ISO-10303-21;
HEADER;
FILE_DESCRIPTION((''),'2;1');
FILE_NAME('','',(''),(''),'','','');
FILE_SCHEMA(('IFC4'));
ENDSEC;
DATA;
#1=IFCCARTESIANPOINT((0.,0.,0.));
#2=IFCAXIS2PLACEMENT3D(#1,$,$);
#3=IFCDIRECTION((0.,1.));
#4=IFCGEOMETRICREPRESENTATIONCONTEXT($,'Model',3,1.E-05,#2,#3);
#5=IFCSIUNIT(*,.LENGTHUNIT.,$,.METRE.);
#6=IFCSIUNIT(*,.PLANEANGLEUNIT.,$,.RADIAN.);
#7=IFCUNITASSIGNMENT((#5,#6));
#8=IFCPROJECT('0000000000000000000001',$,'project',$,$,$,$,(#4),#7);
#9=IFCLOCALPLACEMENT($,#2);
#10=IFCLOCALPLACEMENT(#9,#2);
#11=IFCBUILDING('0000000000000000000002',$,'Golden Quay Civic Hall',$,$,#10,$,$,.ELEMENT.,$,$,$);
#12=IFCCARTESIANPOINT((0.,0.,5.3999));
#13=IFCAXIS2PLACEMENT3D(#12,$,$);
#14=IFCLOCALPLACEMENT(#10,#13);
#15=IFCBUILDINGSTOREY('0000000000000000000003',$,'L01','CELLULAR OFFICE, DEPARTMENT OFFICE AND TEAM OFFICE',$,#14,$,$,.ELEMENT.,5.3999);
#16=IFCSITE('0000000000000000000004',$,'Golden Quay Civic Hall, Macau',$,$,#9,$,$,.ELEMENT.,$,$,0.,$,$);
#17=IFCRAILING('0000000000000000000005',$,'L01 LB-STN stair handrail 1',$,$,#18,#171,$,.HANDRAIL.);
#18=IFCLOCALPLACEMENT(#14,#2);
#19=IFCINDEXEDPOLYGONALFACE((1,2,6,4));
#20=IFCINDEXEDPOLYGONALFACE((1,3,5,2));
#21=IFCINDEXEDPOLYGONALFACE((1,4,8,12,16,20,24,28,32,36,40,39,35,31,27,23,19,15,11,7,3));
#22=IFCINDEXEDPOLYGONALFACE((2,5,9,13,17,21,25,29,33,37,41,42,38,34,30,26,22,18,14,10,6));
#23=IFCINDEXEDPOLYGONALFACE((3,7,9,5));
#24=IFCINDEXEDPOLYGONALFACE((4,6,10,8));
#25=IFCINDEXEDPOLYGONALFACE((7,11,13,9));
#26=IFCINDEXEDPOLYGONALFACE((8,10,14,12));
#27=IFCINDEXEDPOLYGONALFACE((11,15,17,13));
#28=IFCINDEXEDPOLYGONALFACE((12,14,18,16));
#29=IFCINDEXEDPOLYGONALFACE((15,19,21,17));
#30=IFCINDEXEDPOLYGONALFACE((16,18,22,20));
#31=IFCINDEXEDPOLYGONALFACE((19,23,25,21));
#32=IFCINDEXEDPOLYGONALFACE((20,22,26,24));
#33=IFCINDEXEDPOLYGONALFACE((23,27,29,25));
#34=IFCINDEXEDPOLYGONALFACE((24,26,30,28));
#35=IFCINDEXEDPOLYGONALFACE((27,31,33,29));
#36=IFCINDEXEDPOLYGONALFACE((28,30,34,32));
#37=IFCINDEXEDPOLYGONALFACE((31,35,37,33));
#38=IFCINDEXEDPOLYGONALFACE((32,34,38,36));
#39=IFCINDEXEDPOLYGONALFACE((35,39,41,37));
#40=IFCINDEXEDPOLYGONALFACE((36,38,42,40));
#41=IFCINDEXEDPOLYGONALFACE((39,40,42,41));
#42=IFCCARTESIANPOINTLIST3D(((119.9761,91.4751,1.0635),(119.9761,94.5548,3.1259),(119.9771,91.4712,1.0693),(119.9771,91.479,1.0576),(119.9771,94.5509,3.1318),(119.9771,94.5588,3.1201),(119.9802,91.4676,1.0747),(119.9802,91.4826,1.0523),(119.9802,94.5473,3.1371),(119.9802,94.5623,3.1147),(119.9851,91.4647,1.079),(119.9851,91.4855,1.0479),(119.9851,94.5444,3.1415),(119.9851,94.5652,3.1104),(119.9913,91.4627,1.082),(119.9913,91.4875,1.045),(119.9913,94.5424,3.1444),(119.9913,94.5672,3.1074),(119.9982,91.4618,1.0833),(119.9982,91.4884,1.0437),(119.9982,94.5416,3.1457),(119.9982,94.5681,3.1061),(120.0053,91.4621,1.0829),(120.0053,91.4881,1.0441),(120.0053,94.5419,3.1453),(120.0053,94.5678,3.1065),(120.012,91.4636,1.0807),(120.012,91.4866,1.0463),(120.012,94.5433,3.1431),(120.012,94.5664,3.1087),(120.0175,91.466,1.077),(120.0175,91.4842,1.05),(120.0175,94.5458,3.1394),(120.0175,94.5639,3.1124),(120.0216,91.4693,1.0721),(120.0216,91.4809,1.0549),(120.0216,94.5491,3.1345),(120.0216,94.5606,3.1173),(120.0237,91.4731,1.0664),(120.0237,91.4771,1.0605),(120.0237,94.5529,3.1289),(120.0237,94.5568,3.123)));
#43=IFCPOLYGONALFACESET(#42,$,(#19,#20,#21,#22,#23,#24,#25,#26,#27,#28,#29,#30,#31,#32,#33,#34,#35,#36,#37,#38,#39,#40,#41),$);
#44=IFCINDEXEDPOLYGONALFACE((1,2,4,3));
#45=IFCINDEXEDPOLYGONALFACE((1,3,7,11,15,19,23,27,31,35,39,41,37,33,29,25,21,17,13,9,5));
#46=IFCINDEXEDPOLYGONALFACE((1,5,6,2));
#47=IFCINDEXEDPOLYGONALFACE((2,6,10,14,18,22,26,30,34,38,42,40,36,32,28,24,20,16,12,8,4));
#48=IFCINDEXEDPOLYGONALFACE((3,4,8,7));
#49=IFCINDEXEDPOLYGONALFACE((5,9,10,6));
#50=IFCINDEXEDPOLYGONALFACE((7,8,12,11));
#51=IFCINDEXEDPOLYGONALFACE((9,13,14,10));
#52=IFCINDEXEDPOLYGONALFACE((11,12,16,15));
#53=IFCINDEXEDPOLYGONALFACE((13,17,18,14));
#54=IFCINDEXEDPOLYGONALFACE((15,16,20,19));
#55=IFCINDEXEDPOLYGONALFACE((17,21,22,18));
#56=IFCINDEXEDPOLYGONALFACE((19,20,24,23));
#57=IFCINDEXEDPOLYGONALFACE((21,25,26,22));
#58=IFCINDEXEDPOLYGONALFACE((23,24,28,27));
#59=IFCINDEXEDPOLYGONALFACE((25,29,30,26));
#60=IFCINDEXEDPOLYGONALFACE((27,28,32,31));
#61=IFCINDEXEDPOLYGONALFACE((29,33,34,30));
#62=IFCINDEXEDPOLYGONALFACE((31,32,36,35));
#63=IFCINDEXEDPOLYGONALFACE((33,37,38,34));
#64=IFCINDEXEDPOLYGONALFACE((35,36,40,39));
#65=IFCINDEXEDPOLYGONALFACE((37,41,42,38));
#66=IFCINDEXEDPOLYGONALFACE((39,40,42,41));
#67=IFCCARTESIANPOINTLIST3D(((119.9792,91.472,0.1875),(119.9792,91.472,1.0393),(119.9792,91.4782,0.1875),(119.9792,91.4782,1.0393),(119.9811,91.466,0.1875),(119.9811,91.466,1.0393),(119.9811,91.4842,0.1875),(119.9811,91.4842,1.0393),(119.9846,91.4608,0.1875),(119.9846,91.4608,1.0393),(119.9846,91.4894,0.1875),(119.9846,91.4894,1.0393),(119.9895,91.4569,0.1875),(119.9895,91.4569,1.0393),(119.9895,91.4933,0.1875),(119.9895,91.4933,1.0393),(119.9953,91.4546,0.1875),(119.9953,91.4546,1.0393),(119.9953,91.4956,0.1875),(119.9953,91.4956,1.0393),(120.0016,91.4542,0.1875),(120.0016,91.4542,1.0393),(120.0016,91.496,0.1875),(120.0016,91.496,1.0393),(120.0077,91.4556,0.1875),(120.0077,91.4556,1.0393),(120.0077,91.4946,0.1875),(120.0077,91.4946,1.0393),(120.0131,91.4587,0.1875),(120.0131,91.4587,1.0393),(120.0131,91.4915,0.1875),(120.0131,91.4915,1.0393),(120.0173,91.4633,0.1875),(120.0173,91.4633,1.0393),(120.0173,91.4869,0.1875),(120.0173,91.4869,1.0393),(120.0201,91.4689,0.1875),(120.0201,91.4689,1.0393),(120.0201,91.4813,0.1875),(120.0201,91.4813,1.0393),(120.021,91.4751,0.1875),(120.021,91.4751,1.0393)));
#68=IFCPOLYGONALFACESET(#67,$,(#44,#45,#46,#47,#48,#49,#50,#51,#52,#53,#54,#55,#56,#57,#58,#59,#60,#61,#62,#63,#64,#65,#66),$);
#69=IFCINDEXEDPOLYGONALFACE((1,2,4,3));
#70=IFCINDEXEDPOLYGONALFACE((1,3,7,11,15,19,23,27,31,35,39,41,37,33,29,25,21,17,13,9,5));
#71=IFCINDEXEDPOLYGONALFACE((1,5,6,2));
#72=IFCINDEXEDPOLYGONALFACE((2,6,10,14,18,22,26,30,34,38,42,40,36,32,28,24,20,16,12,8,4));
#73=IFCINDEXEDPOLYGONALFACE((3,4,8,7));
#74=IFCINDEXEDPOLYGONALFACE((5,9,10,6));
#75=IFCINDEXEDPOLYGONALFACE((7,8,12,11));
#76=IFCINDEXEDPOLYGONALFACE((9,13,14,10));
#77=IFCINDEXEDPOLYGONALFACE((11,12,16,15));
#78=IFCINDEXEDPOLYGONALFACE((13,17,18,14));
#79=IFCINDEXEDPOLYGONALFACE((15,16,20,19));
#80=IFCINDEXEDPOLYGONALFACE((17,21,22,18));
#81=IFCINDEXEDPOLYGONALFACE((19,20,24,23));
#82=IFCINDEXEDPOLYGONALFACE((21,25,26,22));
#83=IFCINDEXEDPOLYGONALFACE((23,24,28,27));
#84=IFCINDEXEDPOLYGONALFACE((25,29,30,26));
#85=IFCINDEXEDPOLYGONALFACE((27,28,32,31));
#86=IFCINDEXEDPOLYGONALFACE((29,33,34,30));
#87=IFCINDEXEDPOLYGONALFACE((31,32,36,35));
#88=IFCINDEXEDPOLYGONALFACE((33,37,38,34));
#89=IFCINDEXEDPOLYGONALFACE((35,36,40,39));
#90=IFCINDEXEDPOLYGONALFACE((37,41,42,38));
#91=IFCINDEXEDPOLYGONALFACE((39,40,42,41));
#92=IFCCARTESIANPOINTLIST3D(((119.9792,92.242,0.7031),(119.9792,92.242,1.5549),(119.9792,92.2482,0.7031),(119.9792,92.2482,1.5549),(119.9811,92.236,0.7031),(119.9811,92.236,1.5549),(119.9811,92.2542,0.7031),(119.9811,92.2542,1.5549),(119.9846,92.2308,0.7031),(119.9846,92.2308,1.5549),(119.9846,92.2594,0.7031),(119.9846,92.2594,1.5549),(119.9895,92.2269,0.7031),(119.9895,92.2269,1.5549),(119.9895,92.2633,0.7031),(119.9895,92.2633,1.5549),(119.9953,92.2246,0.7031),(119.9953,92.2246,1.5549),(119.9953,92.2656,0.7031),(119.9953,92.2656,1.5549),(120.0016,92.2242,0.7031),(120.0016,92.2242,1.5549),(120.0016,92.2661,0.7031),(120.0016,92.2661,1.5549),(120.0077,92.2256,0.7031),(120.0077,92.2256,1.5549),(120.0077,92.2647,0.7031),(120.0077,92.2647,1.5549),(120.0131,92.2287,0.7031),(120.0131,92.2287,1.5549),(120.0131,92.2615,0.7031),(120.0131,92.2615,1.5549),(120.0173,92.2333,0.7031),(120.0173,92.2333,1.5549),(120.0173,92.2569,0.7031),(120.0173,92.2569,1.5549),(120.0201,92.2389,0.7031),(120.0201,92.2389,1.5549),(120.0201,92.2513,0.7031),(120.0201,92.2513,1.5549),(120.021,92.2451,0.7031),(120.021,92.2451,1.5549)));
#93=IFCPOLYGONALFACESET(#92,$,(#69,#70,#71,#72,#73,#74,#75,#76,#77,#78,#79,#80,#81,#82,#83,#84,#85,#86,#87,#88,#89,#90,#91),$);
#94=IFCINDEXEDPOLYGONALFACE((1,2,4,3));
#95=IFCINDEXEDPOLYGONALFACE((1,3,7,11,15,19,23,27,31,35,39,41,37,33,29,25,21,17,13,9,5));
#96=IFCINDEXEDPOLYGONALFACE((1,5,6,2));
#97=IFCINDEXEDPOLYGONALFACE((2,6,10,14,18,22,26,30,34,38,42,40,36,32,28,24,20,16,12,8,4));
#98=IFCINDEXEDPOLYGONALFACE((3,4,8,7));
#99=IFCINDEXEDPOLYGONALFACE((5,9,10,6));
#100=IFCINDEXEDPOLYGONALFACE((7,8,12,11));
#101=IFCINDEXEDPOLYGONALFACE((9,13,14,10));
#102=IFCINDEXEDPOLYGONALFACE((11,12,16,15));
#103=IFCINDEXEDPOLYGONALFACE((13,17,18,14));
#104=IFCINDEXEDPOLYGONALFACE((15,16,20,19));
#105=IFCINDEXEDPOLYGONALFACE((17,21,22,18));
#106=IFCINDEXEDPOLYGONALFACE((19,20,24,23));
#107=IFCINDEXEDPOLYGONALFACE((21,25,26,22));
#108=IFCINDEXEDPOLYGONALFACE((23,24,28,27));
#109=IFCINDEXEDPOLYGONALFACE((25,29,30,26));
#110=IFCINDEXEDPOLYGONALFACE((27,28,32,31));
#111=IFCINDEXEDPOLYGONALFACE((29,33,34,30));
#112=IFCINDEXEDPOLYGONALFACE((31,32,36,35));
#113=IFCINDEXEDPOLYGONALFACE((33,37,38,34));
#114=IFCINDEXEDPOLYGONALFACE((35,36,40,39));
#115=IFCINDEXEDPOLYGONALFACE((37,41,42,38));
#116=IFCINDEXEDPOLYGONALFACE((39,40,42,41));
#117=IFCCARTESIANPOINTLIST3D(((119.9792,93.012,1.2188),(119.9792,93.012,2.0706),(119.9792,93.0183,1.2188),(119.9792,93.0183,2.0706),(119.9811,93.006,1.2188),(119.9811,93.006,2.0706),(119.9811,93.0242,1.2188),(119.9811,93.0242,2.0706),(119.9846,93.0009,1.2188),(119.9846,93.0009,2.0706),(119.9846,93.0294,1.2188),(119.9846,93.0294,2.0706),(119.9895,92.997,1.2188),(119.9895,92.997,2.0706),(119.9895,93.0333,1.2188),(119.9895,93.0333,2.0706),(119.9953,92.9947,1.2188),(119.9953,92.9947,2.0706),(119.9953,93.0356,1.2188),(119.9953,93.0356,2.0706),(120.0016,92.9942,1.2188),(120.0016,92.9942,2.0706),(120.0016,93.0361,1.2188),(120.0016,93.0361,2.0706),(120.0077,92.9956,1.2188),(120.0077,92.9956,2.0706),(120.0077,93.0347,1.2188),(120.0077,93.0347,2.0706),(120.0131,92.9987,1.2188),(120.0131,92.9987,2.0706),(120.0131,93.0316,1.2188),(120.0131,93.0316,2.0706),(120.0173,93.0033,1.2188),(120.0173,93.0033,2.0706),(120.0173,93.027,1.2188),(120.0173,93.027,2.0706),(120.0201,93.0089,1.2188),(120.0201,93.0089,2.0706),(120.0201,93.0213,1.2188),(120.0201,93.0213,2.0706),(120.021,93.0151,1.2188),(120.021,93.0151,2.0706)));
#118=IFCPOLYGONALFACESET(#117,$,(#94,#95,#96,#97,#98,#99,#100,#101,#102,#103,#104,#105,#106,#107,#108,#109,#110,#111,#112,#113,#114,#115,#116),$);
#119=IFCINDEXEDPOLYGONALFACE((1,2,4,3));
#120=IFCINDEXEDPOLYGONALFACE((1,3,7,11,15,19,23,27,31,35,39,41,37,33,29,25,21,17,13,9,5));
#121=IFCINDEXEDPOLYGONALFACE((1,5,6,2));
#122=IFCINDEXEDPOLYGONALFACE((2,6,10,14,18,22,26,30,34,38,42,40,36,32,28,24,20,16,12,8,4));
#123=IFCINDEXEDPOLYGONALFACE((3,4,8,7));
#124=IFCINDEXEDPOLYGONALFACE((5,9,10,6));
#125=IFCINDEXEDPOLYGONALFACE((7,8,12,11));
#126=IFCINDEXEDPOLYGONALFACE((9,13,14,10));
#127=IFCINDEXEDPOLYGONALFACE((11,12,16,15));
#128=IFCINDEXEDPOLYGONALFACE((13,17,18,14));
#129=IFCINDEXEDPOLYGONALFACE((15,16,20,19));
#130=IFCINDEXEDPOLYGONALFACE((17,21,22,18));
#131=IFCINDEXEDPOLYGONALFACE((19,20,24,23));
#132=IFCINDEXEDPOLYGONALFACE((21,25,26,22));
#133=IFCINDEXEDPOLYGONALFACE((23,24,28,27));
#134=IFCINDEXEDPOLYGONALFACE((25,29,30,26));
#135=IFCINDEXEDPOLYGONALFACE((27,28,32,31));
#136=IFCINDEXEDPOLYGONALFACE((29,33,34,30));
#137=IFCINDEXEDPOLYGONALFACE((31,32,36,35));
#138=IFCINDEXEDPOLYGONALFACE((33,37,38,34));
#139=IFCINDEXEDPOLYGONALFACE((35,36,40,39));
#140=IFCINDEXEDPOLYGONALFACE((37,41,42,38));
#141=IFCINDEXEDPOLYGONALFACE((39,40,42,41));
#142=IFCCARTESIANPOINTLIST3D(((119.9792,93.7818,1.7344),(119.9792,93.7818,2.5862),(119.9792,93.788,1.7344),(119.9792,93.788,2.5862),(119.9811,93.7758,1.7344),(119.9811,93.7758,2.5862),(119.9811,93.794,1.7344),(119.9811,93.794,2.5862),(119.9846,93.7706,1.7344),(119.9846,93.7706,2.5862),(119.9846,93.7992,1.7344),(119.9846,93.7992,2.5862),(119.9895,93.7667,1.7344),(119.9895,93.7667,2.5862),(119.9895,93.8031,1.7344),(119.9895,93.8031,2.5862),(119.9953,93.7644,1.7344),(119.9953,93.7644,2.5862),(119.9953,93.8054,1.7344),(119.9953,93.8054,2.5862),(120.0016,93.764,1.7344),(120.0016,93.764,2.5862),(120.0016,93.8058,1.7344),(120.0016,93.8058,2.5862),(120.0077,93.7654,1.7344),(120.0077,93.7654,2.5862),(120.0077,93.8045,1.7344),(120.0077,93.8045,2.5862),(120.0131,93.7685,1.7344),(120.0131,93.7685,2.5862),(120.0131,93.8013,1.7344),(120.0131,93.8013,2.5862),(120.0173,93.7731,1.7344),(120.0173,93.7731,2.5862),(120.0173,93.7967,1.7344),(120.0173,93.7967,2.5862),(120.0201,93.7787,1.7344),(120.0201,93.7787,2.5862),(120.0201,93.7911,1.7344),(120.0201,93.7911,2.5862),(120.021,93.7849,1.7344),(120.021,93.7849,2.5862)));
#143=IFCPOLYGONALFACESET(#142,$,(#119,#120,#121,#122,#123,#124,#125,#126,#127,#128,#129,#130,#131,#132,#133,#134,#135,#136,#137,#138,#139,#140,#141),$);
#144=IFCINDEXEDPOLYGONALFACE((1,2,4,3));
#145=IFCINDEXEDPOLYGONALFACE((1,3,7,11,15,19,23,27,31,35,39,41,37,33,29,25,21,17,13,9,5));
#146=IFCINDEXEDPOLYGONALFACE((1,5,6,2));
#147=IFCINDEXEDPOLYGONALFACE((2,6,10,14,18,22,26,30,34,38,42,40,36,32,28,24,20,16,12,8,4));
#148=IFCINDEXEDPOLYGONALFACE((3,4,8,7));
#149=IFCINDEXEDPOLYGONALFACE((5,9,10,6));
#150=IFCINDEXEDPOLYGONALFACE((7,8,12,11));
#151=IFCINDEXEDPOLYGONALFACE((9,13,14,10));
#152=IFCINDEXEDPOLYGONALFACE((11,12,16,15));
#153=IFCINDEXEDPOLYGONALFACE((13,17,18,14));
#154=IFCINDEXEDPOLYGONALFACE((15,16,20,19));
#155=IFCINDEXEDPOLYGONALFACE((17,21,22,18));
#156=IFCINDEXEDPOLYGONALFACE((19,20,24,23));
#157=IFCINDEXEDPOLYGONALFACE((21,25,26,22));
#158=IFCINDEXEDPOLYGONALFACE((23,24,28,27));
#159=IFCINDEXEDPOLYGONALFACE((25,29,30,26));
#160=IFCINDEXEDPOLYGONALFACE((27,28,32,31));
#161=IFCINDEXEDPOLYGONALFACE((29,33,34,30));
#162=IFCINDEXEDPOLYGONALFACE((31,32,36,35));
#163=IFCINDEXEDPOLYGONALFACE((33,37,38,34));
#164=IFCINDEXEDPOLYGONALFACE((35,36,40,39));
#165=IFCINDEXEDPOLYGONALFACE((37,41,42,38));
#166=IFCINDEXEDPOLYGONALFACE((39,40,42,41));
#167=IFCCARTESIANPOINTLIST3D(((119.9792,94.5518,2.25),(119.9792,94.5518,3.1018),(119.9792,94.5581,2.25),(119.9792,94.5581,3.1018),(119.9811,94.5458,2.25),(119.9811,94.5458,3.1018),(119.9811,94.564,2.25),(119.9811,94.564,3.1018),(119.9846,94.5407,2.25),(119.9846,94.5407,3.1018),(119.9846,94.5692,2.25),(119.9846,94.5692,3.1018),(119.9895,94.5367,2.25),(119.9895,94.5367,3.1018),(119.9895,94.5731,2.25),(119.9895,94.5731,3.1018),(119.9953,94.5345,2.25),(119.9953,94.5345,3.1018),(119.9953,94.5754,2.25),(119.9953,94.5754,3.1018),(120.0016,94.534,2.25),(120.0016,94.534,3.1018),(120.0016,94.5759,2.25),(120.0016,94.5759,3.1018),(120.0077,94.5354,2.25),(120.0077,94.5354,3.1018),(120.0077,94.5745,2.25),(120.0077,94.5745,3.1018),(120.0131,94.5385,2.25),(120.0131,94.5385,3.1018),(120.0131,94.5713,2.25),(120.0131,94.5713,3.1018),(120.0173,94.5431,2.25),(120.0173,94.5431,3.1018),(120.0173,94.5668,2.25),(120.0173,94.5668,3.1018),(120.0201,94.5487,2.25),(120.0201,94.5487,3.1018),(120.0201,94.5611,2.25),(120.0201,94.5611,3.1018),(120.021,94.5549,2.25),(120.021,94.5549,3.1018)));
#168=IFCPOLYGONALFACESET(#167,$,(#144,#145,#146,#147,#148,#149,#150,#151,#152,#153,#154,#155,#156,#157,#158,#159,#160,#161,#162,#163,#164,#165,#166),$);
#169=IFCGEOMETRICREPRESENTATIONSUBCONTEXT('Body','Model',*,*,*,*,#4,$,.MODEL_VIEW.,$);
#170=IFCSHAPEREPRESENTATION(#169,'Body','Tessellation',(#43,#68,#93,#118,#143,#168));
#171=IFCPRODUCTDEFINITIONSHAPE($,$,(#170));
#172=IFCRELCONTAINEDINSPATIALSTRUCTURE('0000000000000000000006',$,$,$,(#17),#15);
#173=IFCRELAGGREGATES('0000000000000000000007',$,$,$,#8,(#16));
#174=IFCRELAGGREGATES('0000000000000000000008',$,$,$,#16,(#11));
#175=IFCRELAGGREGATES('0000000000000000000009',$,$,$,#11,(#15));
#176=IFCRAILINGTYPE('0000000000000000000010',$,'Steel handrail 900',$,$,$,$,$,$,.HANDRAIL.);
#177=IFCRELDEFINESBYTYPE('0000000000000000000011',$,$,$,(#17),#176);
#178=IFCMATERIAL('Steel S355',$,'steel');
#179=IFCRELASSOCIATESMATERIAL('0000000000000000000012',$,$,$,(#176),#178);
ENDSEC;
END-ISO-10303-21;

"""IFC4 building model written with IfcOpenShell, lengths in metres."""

from ifc_helpers import new_model, si_unit, direction, frame, origin, origin_2d, place, context, subcontext, project, spatial, circle, extrude, material, type_object, element, save


model = new_model("IFC4")

# Units and contexts
model_context = context("Model", 3, precision=1e-05, world=origin(), true_north=direction((0.0, 1.0)))
body_context = subcontext(model_context, "Body", "Model", "MODEL_VIEW")
ifc_project = project(units=[si_unit("LENGTHUNIT", "METRE"), si_unit("PLANEANGLEUNIT", "RADIAN")], contexts=[model_context])

# Site, building, storey
site_placement = place(None, origin())
site = spatial("IfcSite", under=ifc_project, at=site_placement, Name="Golden Quay Civic Hall, Macau", CompositionType="ELEMENT", RefElevation=0.0)
building_placement = place(site_placement, origin())
building = spatial("IfcBuilding", under=site, at=building_placement, Name="Golden Quay Civic Hall", CompositionType="ELEMENT")
storey_placement = place(building_placement, frame((0.0, 0.0, 5.3999)))
storey = spatial("IfcBuildingStorey", under=building, at=storey_placement, Name="L01", Description="CELLULAR OFFICE, DEPARTMENT OFFICE AND TEAM OFFICE", CompositionType="ELEMENT", Elevation=5.3999)

# Railing
ifc_material_1 = material(Name="Steel S355", Category="steel")
railing_type_1 = type_object("IfcRailingType", Name="Steel handrail 900", PredefinedType="HANDRAIL", material=ifc_material_1)
railing_1_placement = place(storey_placement, frame((120.0, 91.4751, 0.1875)))
element("IfcRailing", 1, at=railing_1_placement, inside=storey, type_object=railing_type_1, Name="L01 LB-STN stair handrail 1", PredefinedType="HANDRAIL", context=body_context, shape_type="SweptSolid", body=[
    extrude(circle(Radius=0.0239, at=origin_2d()), frame((0.0, 0.0, 0.876), z_axis=(0.0, 0.830893, 0.556432), x_axis=(-1.0, 0.0, 0.0)), (0.0, 0.0, 1.0), 3.7065),
    extrude(circle(Radius=0.021, at=origin_2d()), origin(), (0.0, 0.0, 1.0), 0.8518),
    extrude(circle(Radius=0.021, at=origin_2d()), frame((0.0, 0.77, 0.5156)), (0.0, 0.0, 1.0), 0.8518),
    extrude(circle(Radius=0.021, at=origin_2d()), frame((0.0, 1.54, 1.0312)), (0.0, 0.0, 1.0), 0.8518),
    extrude(circle(Radius=0.021, at=origin_2d()), frame((0.0, 2.3098, 1.5469)), (0.0, 0.0, 1.0), 0.8518),
    extrude(circle(Radius=0.021, at=origin_2d()), frame((0.0, 3.0798, 2.0625)), (0.0, 0.0, 1.0), 0.8518),
])

save(model, "model.ifc")
